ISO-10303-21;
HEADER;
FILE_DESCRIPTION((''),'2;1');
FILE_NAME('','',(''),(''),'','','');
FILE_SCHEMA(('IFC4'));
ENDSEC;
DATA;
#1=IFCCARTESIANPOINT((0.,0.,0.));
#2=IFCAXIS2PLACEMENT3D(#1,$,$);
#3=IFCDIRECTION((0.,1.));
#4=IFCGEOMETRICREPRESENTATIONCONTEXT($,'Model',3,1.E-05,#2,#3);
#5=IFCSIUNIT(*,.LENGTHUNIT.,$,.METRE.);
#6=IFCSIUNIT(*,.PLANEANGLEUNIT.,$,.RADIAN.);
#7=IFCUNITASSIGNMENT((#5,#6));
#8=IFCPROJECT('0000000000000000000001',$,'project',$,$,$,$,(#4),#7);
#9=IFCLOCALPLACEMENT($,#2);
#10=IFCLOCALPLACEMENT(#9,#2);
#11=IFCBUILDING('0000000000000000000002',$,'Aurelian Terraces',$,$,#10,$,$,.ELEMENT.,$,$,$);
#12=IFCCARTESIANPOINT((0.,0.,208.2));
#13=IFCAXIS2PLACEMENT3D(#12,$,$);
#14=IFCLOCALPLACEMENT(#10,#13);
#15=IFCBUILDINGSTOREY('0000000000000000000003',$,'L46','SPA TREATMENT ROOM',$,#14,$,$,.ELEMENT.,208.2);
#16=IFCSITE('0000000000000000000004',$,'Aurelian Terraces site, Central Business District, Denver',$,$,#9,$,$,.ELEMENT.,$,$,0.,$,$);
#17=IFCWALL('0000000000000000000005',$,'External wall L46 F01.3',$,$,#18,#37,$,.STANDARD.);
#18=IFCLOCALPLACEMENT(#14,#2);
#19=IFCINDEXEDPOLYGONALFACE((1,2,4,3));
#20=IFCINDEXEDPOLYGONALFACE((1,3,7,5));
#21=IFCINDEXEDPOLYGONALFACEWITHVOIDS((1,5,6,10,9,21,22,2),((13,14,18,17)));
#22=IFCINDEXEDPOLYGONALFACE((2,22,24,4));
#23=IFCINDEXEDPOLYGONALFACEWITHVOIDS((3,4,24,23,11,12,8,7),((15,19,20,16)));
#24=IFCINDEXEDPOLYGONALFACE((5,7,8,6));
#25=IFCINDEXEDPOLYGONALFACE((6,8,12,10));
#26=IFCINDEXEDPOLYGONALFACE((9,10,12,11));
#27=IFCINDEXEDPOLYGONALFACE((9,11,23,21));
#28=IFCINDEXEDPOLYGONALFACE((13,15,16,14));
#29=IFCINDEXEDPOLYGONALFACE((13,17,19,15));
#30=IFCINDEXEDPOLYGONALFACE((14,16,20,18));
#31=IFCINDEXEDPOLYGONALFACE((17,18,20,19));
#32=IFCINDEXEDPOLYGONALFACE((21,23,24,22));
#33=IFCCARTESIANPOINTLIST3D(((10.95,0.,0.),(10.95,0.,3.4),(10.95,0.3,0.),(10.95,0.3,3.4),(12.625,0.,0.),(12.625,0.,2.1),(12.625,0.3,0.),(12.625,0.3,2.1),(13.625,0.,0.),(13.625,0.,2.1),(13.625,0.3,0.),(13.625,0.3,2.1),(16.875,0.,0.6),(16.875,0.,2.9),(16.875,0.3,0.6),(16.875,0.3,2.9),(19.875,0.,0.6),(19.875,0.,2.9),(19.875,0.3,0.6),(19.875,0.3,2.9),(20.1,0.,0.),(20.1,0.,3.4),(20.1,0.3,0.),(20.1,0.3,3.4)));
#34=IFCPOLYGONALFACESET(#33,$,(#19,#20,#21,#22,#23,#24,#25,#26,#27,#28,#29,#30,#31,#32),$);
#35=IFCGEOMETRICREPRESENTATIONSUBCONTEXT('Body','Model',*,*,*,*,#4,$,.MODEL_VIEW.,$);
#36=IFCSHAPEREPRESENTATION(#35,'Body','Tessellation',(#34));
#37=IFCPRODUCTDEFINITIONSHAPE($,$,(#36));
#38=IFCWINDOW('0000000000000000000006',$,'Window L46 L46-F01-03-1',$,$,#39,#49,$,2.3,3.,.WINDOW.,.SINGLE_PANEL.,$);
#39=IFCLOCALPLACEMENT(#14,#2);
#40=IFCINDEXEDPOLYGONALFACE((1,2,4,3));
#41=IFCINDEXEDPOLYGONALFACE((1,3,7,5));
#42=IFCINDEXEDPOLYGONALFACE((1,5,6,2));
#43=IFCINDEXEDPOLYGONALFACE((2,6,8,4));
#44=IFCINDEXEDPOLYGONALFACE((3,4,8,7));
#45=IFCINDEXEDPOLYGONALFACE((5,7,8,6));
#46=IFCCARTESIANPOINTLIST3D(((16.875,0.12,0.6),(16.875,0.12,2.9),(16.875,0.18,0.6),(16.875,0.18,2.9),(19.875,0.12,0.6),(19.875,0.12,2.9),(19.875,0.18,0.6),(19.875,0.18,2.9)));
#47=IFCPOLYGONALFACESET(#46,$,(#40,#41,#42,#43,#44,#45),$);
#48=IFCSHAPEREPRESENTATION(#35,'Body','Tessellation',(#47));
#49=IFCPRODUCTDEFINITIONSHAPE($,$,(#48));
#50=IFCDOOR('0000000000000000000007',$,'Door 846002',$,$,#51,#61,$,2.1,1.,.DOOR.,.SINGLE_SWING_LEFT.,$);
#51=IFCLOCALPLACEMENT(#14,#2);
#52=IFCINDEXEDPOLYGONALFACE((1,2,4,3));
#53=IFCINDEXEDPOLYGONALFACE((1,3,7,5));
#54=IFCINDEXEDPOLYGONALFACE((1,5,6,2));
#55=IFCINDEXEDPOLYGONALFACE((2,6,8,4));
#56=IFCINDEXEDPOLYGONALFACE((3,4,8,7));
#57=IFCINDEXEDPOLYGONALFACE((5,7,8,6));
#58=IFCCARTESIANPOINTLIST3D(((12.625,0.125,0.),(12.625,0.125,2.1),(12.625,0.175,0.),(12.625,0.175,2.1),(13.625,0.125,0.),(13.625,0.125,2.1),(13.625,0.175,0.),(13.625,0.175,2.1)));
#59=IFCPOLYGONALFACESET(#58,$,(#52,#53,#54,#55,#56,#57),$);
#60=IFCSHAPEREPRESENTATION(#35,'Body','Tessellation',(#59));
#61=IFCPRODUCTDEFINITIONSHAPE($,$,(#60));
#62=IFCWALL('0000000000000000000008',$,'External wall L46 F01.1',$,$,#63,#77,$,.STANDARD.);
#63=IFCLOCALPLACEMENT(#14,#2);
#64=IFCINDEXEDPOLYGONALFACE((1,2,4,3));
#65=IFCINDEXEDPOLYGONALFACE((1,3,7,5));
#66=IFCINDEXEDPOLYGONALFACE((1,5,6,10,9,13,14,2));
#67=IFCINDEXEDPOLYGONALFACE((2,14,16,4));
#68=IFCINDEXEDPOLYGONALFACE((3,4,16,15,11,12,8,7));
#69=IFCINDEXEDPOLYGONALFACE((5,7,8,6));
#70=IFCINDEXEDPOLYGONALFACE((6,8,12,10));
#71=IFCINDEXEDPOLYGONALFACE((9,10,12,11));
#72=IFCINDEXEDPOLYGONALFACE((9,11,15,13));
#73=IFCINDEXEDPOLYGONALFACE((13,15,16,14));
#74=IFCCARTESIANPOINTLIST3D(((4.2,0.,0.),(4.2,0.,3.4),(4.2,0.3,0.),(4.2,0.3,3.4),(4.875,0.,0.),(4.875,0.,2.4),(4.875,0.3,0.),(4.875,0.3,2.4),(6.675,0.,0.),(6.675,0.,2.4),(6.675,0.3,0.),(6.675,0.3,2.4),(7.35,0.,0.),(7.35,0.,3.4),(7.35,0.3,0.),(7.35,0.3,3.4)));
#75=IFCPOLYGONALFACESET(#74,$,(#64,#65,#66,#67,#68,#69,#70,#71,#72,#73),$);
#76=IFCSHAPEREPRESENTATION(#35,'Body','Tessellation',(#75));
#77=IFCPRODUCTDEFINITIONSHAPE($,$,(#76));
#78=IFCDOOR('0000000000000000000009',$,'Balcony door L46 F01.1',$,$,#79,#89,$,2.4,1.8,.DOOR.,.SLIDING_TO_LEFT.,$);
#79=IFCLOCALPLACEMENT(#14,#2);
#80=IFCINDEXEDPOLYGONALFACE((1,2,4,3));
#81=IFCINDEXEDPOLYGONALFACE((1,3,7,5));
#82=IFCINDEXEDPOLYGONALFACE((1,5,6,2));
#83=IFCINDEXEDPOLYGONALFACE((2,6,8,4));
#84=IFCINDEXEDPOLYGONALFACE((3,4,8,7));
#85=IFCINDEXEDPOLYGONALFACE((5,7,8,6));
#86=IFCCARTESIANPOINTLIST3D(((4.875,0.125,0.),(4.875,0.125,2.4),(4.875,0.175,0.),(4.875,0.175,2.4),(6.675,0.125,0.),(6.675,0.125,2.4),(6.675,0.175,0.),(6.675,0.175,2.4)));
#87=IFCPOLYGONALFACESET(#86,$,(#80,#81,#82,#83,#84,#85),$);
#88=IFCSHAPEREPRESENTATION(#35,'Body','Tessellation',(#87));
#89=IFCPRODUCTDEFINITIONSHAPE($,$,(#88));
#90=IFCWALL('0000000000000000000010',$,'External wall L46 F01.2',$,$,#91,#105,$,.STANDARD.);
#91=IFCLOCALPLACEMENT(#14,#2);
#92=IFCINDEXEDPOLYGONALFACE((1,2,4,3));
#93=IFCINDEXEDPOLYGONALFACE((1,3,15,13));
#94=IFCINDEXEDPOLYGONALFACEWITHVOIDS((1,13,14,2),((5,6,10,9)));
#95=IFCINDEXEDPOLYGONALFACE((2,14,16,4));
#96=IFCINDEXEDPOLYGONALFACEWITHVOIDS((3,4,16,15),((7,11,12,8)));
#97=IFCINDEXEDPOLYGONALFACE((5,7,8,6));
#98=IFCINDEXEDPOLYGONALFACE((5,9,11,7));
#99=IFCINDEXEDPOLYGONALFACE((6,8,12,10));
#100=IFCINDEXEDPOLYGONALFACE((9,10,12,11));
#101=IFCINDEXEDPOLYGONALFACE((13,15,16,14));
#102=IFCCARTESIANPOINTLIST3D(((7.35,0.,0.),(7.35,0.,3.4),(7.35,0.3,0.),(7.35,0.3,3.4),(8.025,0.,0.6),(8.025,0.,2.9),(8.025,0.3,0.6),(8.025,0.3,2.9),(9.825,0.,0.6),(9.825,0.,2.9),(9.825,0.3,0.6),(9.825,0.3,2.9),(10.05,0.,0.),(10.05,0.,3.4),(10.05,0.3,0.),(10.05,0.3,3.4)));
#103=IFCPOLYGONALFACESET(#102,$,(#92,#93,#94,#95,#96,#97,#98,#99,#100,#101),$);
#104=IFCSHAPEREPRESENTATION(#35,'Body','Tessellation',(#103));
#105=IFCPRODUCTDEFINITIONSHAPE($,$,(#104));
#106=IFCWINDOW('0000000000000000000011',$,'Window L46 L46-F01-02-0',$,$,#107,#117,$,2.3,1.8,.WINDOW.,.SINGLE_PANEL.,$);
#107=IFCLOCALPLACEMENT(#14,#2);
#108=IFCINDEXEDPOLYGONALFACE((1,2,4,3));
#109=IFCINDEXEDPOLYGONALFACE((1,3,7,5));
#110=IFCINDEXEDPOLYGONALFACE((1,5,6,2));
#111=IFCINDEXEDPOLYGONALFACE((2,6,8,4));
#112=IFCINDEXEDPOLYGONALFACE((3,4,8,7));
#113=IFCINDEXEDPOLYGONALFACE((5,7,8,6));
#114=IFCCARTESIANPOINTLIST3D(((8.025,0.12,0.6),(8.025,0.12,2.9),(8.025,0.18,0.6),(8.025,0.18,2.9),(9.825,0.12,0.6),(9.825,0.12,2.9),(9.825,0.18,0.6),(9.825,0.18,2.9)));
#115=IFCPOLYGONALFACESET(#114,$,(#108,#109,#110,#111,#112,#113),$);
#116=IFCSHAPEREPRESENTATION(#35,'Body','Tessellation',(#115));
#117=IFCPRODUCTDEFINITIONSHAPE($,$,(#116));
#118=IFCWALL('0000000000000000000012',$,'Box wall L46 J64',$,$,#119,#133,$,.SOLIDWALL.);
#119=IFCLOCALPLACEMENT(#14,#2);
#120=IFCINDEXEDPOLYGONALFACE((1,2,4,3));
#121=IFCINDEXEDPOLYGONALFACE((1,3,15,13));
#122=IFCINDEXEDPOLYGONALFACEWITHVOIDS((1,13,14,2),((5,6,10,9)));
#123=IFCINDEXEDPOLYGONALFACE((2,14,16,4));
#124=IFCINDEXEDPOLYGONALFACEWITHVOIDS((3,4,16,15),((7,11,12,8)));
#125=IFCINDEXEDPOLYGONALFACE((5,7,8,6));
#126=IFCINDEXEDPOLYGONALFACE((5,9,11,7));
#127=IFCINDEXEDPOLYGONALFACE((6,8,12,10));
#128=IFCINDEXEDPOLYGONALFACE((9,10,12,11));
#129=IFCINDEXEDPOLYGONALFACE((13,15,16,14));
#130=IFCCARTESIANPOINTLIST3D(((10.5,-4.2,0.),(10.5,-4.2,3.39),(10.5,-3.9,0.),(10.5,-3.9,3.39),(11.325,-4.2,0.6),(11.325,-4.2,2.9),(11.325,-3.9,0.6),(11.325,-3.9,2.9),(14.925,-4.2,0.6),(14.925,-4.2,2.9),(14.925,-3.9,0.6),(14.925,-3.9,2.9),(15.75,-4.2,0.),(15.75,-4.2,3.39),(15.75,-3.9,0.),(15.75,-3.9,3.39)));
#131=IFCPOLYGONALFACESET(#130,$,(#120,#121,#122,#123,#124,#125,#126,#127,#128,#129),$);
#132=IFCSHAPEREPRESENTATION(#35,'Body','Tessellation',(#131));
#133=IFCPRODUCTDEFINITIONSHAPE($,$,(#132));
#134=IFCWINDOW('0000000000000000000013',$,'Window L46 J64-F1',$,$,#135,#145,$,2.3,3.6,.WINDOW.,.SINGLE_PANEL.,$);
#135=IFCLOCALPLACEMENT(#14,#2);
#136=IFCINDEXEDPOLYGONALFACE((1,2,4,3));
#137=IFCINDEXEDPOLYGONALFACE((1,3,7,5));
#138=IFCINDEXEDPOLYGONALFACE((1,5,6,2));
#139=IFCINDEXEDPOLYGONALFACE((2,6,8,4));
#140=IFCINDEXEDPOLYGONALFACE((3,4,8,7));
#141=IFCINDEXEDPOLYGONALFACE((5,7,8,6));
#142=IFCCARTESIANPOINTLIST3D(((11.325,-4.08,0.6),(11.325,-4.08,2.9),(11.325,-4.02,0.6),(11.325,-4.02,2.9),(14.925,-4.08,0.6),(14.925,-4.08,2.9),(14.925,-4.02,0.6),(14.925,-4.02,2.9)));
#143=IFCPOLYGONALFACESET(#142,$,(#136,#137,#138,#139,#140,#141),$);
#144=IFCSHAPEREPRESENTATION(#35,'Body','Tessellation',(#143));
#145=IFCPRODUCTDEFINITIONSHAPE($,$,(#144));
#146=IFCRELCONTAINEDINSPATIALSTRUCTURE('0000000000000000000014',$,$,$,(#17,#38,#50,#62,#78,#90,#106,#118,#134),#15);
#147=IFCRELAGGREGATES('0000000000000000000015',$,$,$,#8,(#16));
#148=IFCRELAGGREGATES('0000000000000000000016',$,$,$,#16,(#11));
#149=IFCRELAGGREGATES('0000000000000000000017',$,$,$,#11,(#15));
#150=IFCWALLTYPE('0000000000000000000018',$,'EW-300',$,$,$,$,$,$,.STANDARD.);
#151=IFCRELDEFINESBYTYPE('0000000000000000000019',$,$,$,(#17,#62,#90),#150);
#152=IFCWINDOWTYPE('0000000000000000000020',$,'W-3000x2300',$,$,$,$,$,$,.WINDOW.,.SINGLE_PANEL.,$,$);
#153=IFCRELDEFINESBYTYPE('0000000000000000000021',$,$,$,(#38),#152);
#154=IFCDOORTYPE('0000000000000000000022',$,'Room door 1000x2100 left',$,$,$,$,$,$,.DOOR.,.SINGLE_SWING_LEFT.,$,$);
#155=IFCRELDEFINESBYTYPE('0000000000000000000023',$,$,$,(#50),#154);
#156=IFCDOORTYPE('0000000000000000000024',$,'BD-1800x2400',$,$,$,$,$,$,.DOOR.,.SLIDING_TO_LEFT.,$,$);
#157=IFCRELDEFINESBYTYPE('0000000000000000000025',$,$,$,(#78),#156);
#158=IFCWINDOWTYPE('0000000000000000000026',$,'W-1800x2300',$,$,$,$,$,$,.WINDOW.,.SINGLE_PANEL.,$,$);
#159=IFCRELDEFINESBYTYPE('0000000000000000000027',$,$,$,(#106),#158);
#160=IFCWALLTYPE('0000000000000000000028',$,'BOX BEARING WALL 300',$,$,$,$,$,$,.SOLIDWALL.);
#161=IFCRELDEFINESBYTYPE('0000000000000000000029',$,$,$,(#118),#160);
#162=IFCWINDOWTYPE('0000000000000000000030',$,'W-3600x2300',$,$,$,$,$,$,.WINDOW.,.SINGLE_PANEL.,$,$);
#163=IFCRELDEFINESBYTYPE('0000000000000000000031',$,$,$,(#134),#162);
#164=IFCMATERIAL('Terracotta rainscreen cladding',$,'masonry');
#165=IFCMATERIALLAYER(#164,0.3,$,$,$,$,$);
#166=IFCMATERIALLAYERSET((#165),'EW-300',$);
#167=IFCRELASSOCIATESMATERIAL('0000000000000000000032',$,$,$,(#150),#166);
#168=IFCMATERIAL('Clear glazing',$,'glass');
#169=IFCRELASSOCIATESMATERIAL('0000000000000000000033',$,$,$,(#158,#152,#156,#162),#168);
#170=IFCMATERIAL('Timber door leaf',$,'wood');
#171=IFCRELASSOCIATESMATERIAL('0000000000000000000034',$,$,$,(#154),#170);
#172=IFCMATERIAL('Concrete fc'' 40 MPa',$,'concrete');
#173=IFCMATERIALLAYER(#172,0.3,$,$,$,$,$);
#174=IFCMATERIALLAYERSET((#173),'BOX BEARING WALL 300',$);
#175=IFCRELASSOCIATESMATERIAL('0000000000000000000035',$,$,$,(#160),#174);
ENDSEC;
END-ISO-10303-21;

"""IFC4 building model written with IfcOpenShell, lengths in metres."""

from ifc_helpers import new_model, si_unit, direction, frame, frame_2d, origin, place, context, subcontext, project, spatial, rectangle, extrude, source, transform, mapped, material, layer, layer_set, type_object, element, fill, save


model = new_model("IFC4")

# Units and contexts
model_context = context("Model", 3, precision=1e-05, world=origin(), true_north=direction((0.0, 1.0)))
body_context = subcontext(model_context, "Body", "Model", "MODEL_VIEW")
ifc_project = project(units=[si_unit("LENGTHUNIT", "METRE"), si_unit("PLANEANGLEUNIT", "RADIAN")], contexts=[model_context])

# Site, building, storey
site_placement = place(None, origin())
site = spatial("IfcSite", under=ifc_project, at=site_placement, Name="Aurelian Terraces site, Central Business District, Denver", CompositionType="ELEMENT", RefElevation=0.0)
building_placement = place(site_placement, origin())
building = spatial("IfcBuilding", under=site, at=building_placement, Name="Aurelian Terraces", CompositionType="ELEMENT")
storey_placement = place(building_placement, frame((0.0, 0.0, 208.2)))
storey = spatial("IfcBuildingStorey", under=building, at=storey_placement, Name="L46", Description="SPA TREATMENT ROOM", CompositionType="ELEMENT", Elevation=208.2)

# Shared definitions
ifc_material_1 = material(Name="Concrete fc' 40 MPa", Category="concrete")

# Shared definitions
ifc_material_2 = material(Name="Terracotta rainscreen cladding", Category="masonry")
ifc_layer_1 = layer(ifc_material_2, 0.3)
ifc_layer_set_1 = layer_set([ifc_layer_1], Name="EW-300")
wall_type_1 = type_object("IfcWallType", Name="EW-300", PredefinedType="STANDARD", material=ifc_layer_set_1)
shared_shape_1 = source(origin(), body_context, "Body", "SweptSolid", [
    extrude(rectangle(XDim=1.8, YDim=2.3, at=frame_2d((0.9, 1.15))), frame((0.0, 0.16, 0.0), z_axis=(0.0, -1.0, 0.0), x_axis=(1.0, 0.0, 0.0)), (0.0, 0.0, 1.0), 0.32),
])
ifc_material_3 = material(Name="Clear glazing", Category="glass")
window_type_1 = type_object("IfcWindowType", Name="W-1800x2300", PartitioningType="SINGLE_PANEL", PredefinedType="WINDOW", material=ifc_material_3)
shared_shape_2 = source(origin(), body_context, "Body", "SweptSolid", [
    extrude(rectangle(XDim=1.8, YDim=2.3, at=frame_2d((0.9, 1.15))), frame((0.0, 0.03, 0.0), z_axis=(0.0, -1.0, 0.0), x_axis=(1.0, 0.0, 0.0)), (0.0, 0.0, 1.0), 0.06),
])

# Wall, openings, window, door
shared_shape_3 = source(origin(), body_context, "Body", "SweptSolid", [
    extrude(rectangle(XDim=9.15, YDim=0.3, at=frame_2d((4.575, 0.0))), origin(), (0.0, 0.0, 1.0), 3.4),
])
wall_1_placement = place(storey_placement, frame((10.95, 0.15, 0.0), z_axis=(0.0, 0.0, 1.0), x_axis=(1.0, 0.0, 0.0)))
wall_1 = element("IfcWall", 1, at=wall_1_placement, inside=storey, type_object=wall_type_1, Name="External wall L46 F01.3", PredefinedType="STANDARD", context=body_context, shape_type="MappedRepresentation", body=[
    mapped(shared_shape_3, transform((0.0, 0.0, 0.0), scale=1.0)),
])
shared_shape_4 = source(origin(), body_context, "Body", "SweptSolid", [
    extrude(rectangle(XDim=3.0, YDim=2.3, at=frame_2d((1.5, 1.15))), frame((0.0, 0.16, 0.0), z_axis=(0.0, -1.0, 0.0), x_axis=(1.0, 0.0, 0.0)), (0.0, 0.0, 1.0), 0.32),
])
opening_1_placement = place(wall_1_placement, frame((5.925, 0.0, 0.6)))
opening_1 = element("IfcOpeningElement", 2, at=opening_1_placement, cuts=wall_1, PredefinedType="OPENING", context=body_context, shape_type="MappedRepresentation", body=[
    mapped(shared_shape_4, transform((0.0, 0.0, 0.0), scale=1.0)),
])
shared_shape_5 = source(origin(), body_context, "Body", "SweptSolid", [
    extrude(rectangle(XDim=1.0, YDim=2.1, at=frame_2d((0.5, 1.05))), frame((0.0, 0.16, 0.0), z_axis=(0.0, -1.0, 0.0), x_axis=(1.0, 0.0, 0.0)), (0.0, 0.0, 1.0), 0.32),
])
opening_2_placement = place(wall_1_placement, frame((1.675, 0.0, 0.0)))
opening_2 = element("IfcOpeningElement", 3, at=opening_2_placement, cuts=wall_1, PredefinedType="OPENING", context=body_context, shape_type="MappedRepresentation", body=[
    mapped(shared_shape_5, transform((0.0, 0.0, 0.0), scale=1.0)),
])
window_type_2 = type_object("IfcWindowType", Name="W-3000x2300", PartitioningType="SINGLE_PANEL", PredefinedType="WINDOW", material=ifc_material_3)
shared_shape_6 = source(origin(), body_context, "Body", "SweptSolid", [
    extrude(rectangle(XDim=3.0, YDim=2.3, at=frame_2d((1.5, 1.15))), frame((0.0, 0.03, 0.0), z_axis=(0.0, -1.0, 0.0), x_axis=(1.0, 0.0, 0.0)), (0.0, 0.0, 1.0), 0.06),
])
window_1_placement = place(opening_1_placement, origin())
window_1 = element("IfcWindow", 4, at=window_1_placement, inside=storey, type_object=window_type_2, Name="Window L46 L46-F01-03-1", OverallHeight=2.3, OverallWidth=3.0, PartitioningType="SINGLE_PANEL", PredefinedType="WINDOW", context=body_context, shape_type="MappedRepresentation", body=[
    mapped(shared_shape_6, transform((0.0, 0.0, 0.0), scale=1.0)),
])
fill(opening_1, window_1)
ifc_material_4 = material(Name="Timber door leaf", Category="wood")
door_type_1 = type_object("IfcDoorType", Name="Room door 1000x2100 left", OperationType="SINGLE_SWING_LEFT", PredefinedType="DOOR", material=ifc_material_4)
shared_shape_7 = source(origin(), body_context, "Body", "SweptSolid", [
    extrude(rectangle(XDim=1.0, YDim=2.1, at=frame_2d((0.5, 1.05))), frame((0.0, 0.025, 0.0), z_axis=(0.0, -1.0, 0.0), x_axis=(1.0, 0.0, 0.0)), (0.0, 0.0, 1.0), 0.05),
])
door_1_placement = place(opening_2_placement, origin())
door_1 = element("IfcDoor", 5, at=door_1_placement, inside=storey, type_object=door_type_1, Name="Door 846002", OperationType="SINGLE_SWING_LEFT", OverallHeight=2.1, OverallWidth=1.0, PredefinedType="DOOR", context=body_context, shape_type="MappedRepresentation", body=[
    mapped(shared_shape_7, transform((0.0, 0.0, 0.0), scale=1.0)),
])
fill(opening_2, door_1)

# Wall, opening, door
shared_shape_8 = source(origin(), body_context, "Body", "SweptSolid", [
    extrude(rectangle(XDim=3.15, YDim=0.3, at=frame_2d((1.575, 0.0))), origin(), (0.0, 0.0, 1.0), 3.4),
])
wall_2_placement = place(storey_placement, frame((4.2, 0.15, 0.0), z_axis=(0.0, 0.0, 1.0), x_axis=(1.0, 0.0, 0.0)))
wall_2 = element("IfcWall", 6, at=wall_2_placement, inside=storey, type_object=wall_type_1, Name="External wall L46 F01.1", PredefinedType="STANDARD", context=body_context, shape_type="MappedRepresentation", body=[
    mapped(shared_shape_8, transform((0.0, 0.0, 0.0), scale=1.0)),
])
shared_shape_9 = source(origin(), body_context, "Body", "SweptSolid", [
    extrude(rectangle(XDim=1.8, YDim=2.4, at=frame_2d((0.9, 1.2))), frame((0.0, 0.16, 0.0), z_axis=(0.0, -1.0, 0.0), x_axis=(1.0, 0.0, 0.0)), (0.0, 0.0, 1.0), 0.32),
])
opening_3_placement = place(wall_2_placement, frame((0.675, 0.0, 0.0)))
opening_3 = element("IfcOpeningElement", 7, at=opening_3_placement, cuts=wall_2, PredefinedType="OPENING", context=body_context, shape_type="MappedRepresentation", body=[
    mapped(shared_shape_9, transform((0.0, 0.0, 0.0), scale=1.0)),
])
door_type_2 = type_object("IfcDoorType", Name="BD-1800x2400", OperationType="SLIDING_TO_LEFT", PredefinedType="DOOR", material=ifc_material_3)
shared_shape_10 = source(origin(), body_context, "Body", "SweptSolid", [
    extrude(rectangle(XDim=1.8, YDim=2.4, at=frame_2d((0.9, 1.2))), frame((0.0, 0.025, 0.0), z_axis=(0.0, -1.0, 0.0), x_axis=(1.0, 0.0, 0.0)), (0.0, 0.0, 1.0), 0.05),
])
door_2_placement = place(opening_3_placement, origin())
door_2 = element("IfcDoor", 8, at=door_2_placement, inside=storey, type_object=door_type_2, Name="Balcony door L46 F01.1", OperationType="SLIDING_TO_LEFT", OverallHeight=2.4, OverallWidth=1.8, PredefinedType="DOOR", context=body_context, shape_type="MappedRepresentation", body=[
    mapped(shared_shape_10, transform((0.0, 0.0, 0.0), scale=1.0)),
])
fill(opening_3, door_2)

# Walls, openings, windows
shared_shape_11 = source(origin(), body_context, "Body", "SweptSolid", [
    extrude(rectangle(XDim=2.7, YDim=0.3, at=frame_2d((1.35, 0.0))), origin(), (0.0, 0.0, 1.0), 3.4),
])
wall_3_placement = place(storey_placement, frame((7.35, 0.15, 0.0), z_axis=(0.0, 0.0, 1.0), x_axis=(1.0, 0.0, 0.0)))
wall_3 = element("IfcWall", 9, at=wall_3_placement, inside=storey, type_object=wall_type_1, Name="External wall L46 F01.2", PredefinedType="STANDARD", context=body_context, shape_type="MappedRepresentation", body=[
    mapped(shared_shape_11, transform((0.0, 0.0, 0.0), scale=1.0)),
])
opening_4_placement = place(wall_3_placement, frame((0.675, 0.0, 0.6)))
opening_4 = element("IfcOpeningElement", 10, at=opening_4_placement, cuts=wall_3, PredefinedType="OPENING", context=body_context, shape_type="MappedRepresentation", body=[
    mapped(shared_shape_1, transform((0.0, 0.0, 0.0), scale=1.0)),
])
window_2_placement = place(opening_4_placement, origin())
window_2 = element("IfcWindow", 11, at=window_2_placement, inside=storey, type_object=window_type_1, Name="Window L46 L46-F01-02-0", OverallHeight=2.3, OverallWidth=1.8, PartitioningType="SINGLE_PANEL", PredefinedType="WINDOW", context=body_context, shape_type="MappedRepresentation", body=[
    mapped(shared_shape_2, transform((0.0, 0.0, 0.0), scale=1.0)),
])
fill(opening_4, window_2)
ifc_layer_2 = layer(ifc_material_1, 0.3)
ifc_layer_set_2 = layer_set([ifc_layer_2], Name="BOX BEARING WALL 300")
wall_type_2 = type_object("IfcWallType", Name="BOX BEARING WALL 300", PredefinedType="SOLIDWALL", material=ifc_layer_set_2)
shared_shape_12 = source(origin(), body_context, "Body", "SweptSolid", [
    extrude(rectangle(XDim=5.25, YDim=0.3, at=frame_2d((2.625, 0.0))), origin(), (0.0, 0.0, 1.0), 3.39),
])
wall_4_placement = place(storey_placement, frame((10.5, -4.05, 0.0), z_axis=(0.0, 0.0, 1.0), x_axis=(1.0, 0.0, 0.0)))
wall_4 = element("IfcWall", 12, at=wall_4_placement, inside=storey, type_object=wall_type_2, Name="Box wall L46 J64", PredefinedType="SOLIDWALL", context=body_context, shape_type="MappedRepresentation", body=[
    mapped(shared_shape_12, transform((0.0, 0.0, 0.0), scale=1.0)),
])
shared_shape_13 = source(origin(), body_context, "Body", "SweptSolid", [
    extrude(rectangle(XDim=3.6, YDim=2.3, at=frame_2d((1.8, 1.15))), frame((0.0, 0.16, 0.0), z_axis=(0.0, -1.0, 0.0), x_axis=(1.0, 0.0, 0.0)), (0.0, 0.0, 1.0), 0.32),
])
opening_5_placement = place(wall_4_placement, frame((0.825, 0.0, 0.6)))
opening_5 = element("IfcOpeningElement", 13, at=opening_5_placement, cuts=wall_4, PredefinedType="OPENING", context=body_context, shape_type="MappedRepresentation", body=[
    mapped(shared_shape_13, transform((0.0, 0.0, 0.0), scale=1.0)),
])
window_type_3 = type_object("IfcWindowType", Name="W-3600x2300", PartitioningType="SINGLE_PANEL", PredefinedType="WINDOW", material=ifc_material_3)
shared_shape_14 = source(origin(), body_context, "Body", "SweptSolid", [
    extrude(rectangle(XDim=3.6, YDim=2.3, at=frame_2d((1.8, 1.15))), frame((0.0, 0.03, 0.0), z_axis=(0.0, -1.0, 0.0), x_axis=(1.0, 0.0, 0.0)), (0.0, 0.0, 1.0), 0.06),
])
window_3_placement = place(opening_5_placement, origin())
window_3 = element("IfcWindow", 14, at=window_3_placement, inside=storey, type_object=window_type_3, Name="Window L46 J64-F1", OverallHeight=2.3, OverallWidth=3.6, PartitioningType="SINGLE_PANEL", PredefinedType="WINDOW", context=body_context, shape_type="MappedRepresentation", body=[
    mapped(shared_shape_14, transform((0.0, 0.0, 0.0), scale=1.0)),
])
fill(opening_5, window_3)

save(model, "model.ifc")
